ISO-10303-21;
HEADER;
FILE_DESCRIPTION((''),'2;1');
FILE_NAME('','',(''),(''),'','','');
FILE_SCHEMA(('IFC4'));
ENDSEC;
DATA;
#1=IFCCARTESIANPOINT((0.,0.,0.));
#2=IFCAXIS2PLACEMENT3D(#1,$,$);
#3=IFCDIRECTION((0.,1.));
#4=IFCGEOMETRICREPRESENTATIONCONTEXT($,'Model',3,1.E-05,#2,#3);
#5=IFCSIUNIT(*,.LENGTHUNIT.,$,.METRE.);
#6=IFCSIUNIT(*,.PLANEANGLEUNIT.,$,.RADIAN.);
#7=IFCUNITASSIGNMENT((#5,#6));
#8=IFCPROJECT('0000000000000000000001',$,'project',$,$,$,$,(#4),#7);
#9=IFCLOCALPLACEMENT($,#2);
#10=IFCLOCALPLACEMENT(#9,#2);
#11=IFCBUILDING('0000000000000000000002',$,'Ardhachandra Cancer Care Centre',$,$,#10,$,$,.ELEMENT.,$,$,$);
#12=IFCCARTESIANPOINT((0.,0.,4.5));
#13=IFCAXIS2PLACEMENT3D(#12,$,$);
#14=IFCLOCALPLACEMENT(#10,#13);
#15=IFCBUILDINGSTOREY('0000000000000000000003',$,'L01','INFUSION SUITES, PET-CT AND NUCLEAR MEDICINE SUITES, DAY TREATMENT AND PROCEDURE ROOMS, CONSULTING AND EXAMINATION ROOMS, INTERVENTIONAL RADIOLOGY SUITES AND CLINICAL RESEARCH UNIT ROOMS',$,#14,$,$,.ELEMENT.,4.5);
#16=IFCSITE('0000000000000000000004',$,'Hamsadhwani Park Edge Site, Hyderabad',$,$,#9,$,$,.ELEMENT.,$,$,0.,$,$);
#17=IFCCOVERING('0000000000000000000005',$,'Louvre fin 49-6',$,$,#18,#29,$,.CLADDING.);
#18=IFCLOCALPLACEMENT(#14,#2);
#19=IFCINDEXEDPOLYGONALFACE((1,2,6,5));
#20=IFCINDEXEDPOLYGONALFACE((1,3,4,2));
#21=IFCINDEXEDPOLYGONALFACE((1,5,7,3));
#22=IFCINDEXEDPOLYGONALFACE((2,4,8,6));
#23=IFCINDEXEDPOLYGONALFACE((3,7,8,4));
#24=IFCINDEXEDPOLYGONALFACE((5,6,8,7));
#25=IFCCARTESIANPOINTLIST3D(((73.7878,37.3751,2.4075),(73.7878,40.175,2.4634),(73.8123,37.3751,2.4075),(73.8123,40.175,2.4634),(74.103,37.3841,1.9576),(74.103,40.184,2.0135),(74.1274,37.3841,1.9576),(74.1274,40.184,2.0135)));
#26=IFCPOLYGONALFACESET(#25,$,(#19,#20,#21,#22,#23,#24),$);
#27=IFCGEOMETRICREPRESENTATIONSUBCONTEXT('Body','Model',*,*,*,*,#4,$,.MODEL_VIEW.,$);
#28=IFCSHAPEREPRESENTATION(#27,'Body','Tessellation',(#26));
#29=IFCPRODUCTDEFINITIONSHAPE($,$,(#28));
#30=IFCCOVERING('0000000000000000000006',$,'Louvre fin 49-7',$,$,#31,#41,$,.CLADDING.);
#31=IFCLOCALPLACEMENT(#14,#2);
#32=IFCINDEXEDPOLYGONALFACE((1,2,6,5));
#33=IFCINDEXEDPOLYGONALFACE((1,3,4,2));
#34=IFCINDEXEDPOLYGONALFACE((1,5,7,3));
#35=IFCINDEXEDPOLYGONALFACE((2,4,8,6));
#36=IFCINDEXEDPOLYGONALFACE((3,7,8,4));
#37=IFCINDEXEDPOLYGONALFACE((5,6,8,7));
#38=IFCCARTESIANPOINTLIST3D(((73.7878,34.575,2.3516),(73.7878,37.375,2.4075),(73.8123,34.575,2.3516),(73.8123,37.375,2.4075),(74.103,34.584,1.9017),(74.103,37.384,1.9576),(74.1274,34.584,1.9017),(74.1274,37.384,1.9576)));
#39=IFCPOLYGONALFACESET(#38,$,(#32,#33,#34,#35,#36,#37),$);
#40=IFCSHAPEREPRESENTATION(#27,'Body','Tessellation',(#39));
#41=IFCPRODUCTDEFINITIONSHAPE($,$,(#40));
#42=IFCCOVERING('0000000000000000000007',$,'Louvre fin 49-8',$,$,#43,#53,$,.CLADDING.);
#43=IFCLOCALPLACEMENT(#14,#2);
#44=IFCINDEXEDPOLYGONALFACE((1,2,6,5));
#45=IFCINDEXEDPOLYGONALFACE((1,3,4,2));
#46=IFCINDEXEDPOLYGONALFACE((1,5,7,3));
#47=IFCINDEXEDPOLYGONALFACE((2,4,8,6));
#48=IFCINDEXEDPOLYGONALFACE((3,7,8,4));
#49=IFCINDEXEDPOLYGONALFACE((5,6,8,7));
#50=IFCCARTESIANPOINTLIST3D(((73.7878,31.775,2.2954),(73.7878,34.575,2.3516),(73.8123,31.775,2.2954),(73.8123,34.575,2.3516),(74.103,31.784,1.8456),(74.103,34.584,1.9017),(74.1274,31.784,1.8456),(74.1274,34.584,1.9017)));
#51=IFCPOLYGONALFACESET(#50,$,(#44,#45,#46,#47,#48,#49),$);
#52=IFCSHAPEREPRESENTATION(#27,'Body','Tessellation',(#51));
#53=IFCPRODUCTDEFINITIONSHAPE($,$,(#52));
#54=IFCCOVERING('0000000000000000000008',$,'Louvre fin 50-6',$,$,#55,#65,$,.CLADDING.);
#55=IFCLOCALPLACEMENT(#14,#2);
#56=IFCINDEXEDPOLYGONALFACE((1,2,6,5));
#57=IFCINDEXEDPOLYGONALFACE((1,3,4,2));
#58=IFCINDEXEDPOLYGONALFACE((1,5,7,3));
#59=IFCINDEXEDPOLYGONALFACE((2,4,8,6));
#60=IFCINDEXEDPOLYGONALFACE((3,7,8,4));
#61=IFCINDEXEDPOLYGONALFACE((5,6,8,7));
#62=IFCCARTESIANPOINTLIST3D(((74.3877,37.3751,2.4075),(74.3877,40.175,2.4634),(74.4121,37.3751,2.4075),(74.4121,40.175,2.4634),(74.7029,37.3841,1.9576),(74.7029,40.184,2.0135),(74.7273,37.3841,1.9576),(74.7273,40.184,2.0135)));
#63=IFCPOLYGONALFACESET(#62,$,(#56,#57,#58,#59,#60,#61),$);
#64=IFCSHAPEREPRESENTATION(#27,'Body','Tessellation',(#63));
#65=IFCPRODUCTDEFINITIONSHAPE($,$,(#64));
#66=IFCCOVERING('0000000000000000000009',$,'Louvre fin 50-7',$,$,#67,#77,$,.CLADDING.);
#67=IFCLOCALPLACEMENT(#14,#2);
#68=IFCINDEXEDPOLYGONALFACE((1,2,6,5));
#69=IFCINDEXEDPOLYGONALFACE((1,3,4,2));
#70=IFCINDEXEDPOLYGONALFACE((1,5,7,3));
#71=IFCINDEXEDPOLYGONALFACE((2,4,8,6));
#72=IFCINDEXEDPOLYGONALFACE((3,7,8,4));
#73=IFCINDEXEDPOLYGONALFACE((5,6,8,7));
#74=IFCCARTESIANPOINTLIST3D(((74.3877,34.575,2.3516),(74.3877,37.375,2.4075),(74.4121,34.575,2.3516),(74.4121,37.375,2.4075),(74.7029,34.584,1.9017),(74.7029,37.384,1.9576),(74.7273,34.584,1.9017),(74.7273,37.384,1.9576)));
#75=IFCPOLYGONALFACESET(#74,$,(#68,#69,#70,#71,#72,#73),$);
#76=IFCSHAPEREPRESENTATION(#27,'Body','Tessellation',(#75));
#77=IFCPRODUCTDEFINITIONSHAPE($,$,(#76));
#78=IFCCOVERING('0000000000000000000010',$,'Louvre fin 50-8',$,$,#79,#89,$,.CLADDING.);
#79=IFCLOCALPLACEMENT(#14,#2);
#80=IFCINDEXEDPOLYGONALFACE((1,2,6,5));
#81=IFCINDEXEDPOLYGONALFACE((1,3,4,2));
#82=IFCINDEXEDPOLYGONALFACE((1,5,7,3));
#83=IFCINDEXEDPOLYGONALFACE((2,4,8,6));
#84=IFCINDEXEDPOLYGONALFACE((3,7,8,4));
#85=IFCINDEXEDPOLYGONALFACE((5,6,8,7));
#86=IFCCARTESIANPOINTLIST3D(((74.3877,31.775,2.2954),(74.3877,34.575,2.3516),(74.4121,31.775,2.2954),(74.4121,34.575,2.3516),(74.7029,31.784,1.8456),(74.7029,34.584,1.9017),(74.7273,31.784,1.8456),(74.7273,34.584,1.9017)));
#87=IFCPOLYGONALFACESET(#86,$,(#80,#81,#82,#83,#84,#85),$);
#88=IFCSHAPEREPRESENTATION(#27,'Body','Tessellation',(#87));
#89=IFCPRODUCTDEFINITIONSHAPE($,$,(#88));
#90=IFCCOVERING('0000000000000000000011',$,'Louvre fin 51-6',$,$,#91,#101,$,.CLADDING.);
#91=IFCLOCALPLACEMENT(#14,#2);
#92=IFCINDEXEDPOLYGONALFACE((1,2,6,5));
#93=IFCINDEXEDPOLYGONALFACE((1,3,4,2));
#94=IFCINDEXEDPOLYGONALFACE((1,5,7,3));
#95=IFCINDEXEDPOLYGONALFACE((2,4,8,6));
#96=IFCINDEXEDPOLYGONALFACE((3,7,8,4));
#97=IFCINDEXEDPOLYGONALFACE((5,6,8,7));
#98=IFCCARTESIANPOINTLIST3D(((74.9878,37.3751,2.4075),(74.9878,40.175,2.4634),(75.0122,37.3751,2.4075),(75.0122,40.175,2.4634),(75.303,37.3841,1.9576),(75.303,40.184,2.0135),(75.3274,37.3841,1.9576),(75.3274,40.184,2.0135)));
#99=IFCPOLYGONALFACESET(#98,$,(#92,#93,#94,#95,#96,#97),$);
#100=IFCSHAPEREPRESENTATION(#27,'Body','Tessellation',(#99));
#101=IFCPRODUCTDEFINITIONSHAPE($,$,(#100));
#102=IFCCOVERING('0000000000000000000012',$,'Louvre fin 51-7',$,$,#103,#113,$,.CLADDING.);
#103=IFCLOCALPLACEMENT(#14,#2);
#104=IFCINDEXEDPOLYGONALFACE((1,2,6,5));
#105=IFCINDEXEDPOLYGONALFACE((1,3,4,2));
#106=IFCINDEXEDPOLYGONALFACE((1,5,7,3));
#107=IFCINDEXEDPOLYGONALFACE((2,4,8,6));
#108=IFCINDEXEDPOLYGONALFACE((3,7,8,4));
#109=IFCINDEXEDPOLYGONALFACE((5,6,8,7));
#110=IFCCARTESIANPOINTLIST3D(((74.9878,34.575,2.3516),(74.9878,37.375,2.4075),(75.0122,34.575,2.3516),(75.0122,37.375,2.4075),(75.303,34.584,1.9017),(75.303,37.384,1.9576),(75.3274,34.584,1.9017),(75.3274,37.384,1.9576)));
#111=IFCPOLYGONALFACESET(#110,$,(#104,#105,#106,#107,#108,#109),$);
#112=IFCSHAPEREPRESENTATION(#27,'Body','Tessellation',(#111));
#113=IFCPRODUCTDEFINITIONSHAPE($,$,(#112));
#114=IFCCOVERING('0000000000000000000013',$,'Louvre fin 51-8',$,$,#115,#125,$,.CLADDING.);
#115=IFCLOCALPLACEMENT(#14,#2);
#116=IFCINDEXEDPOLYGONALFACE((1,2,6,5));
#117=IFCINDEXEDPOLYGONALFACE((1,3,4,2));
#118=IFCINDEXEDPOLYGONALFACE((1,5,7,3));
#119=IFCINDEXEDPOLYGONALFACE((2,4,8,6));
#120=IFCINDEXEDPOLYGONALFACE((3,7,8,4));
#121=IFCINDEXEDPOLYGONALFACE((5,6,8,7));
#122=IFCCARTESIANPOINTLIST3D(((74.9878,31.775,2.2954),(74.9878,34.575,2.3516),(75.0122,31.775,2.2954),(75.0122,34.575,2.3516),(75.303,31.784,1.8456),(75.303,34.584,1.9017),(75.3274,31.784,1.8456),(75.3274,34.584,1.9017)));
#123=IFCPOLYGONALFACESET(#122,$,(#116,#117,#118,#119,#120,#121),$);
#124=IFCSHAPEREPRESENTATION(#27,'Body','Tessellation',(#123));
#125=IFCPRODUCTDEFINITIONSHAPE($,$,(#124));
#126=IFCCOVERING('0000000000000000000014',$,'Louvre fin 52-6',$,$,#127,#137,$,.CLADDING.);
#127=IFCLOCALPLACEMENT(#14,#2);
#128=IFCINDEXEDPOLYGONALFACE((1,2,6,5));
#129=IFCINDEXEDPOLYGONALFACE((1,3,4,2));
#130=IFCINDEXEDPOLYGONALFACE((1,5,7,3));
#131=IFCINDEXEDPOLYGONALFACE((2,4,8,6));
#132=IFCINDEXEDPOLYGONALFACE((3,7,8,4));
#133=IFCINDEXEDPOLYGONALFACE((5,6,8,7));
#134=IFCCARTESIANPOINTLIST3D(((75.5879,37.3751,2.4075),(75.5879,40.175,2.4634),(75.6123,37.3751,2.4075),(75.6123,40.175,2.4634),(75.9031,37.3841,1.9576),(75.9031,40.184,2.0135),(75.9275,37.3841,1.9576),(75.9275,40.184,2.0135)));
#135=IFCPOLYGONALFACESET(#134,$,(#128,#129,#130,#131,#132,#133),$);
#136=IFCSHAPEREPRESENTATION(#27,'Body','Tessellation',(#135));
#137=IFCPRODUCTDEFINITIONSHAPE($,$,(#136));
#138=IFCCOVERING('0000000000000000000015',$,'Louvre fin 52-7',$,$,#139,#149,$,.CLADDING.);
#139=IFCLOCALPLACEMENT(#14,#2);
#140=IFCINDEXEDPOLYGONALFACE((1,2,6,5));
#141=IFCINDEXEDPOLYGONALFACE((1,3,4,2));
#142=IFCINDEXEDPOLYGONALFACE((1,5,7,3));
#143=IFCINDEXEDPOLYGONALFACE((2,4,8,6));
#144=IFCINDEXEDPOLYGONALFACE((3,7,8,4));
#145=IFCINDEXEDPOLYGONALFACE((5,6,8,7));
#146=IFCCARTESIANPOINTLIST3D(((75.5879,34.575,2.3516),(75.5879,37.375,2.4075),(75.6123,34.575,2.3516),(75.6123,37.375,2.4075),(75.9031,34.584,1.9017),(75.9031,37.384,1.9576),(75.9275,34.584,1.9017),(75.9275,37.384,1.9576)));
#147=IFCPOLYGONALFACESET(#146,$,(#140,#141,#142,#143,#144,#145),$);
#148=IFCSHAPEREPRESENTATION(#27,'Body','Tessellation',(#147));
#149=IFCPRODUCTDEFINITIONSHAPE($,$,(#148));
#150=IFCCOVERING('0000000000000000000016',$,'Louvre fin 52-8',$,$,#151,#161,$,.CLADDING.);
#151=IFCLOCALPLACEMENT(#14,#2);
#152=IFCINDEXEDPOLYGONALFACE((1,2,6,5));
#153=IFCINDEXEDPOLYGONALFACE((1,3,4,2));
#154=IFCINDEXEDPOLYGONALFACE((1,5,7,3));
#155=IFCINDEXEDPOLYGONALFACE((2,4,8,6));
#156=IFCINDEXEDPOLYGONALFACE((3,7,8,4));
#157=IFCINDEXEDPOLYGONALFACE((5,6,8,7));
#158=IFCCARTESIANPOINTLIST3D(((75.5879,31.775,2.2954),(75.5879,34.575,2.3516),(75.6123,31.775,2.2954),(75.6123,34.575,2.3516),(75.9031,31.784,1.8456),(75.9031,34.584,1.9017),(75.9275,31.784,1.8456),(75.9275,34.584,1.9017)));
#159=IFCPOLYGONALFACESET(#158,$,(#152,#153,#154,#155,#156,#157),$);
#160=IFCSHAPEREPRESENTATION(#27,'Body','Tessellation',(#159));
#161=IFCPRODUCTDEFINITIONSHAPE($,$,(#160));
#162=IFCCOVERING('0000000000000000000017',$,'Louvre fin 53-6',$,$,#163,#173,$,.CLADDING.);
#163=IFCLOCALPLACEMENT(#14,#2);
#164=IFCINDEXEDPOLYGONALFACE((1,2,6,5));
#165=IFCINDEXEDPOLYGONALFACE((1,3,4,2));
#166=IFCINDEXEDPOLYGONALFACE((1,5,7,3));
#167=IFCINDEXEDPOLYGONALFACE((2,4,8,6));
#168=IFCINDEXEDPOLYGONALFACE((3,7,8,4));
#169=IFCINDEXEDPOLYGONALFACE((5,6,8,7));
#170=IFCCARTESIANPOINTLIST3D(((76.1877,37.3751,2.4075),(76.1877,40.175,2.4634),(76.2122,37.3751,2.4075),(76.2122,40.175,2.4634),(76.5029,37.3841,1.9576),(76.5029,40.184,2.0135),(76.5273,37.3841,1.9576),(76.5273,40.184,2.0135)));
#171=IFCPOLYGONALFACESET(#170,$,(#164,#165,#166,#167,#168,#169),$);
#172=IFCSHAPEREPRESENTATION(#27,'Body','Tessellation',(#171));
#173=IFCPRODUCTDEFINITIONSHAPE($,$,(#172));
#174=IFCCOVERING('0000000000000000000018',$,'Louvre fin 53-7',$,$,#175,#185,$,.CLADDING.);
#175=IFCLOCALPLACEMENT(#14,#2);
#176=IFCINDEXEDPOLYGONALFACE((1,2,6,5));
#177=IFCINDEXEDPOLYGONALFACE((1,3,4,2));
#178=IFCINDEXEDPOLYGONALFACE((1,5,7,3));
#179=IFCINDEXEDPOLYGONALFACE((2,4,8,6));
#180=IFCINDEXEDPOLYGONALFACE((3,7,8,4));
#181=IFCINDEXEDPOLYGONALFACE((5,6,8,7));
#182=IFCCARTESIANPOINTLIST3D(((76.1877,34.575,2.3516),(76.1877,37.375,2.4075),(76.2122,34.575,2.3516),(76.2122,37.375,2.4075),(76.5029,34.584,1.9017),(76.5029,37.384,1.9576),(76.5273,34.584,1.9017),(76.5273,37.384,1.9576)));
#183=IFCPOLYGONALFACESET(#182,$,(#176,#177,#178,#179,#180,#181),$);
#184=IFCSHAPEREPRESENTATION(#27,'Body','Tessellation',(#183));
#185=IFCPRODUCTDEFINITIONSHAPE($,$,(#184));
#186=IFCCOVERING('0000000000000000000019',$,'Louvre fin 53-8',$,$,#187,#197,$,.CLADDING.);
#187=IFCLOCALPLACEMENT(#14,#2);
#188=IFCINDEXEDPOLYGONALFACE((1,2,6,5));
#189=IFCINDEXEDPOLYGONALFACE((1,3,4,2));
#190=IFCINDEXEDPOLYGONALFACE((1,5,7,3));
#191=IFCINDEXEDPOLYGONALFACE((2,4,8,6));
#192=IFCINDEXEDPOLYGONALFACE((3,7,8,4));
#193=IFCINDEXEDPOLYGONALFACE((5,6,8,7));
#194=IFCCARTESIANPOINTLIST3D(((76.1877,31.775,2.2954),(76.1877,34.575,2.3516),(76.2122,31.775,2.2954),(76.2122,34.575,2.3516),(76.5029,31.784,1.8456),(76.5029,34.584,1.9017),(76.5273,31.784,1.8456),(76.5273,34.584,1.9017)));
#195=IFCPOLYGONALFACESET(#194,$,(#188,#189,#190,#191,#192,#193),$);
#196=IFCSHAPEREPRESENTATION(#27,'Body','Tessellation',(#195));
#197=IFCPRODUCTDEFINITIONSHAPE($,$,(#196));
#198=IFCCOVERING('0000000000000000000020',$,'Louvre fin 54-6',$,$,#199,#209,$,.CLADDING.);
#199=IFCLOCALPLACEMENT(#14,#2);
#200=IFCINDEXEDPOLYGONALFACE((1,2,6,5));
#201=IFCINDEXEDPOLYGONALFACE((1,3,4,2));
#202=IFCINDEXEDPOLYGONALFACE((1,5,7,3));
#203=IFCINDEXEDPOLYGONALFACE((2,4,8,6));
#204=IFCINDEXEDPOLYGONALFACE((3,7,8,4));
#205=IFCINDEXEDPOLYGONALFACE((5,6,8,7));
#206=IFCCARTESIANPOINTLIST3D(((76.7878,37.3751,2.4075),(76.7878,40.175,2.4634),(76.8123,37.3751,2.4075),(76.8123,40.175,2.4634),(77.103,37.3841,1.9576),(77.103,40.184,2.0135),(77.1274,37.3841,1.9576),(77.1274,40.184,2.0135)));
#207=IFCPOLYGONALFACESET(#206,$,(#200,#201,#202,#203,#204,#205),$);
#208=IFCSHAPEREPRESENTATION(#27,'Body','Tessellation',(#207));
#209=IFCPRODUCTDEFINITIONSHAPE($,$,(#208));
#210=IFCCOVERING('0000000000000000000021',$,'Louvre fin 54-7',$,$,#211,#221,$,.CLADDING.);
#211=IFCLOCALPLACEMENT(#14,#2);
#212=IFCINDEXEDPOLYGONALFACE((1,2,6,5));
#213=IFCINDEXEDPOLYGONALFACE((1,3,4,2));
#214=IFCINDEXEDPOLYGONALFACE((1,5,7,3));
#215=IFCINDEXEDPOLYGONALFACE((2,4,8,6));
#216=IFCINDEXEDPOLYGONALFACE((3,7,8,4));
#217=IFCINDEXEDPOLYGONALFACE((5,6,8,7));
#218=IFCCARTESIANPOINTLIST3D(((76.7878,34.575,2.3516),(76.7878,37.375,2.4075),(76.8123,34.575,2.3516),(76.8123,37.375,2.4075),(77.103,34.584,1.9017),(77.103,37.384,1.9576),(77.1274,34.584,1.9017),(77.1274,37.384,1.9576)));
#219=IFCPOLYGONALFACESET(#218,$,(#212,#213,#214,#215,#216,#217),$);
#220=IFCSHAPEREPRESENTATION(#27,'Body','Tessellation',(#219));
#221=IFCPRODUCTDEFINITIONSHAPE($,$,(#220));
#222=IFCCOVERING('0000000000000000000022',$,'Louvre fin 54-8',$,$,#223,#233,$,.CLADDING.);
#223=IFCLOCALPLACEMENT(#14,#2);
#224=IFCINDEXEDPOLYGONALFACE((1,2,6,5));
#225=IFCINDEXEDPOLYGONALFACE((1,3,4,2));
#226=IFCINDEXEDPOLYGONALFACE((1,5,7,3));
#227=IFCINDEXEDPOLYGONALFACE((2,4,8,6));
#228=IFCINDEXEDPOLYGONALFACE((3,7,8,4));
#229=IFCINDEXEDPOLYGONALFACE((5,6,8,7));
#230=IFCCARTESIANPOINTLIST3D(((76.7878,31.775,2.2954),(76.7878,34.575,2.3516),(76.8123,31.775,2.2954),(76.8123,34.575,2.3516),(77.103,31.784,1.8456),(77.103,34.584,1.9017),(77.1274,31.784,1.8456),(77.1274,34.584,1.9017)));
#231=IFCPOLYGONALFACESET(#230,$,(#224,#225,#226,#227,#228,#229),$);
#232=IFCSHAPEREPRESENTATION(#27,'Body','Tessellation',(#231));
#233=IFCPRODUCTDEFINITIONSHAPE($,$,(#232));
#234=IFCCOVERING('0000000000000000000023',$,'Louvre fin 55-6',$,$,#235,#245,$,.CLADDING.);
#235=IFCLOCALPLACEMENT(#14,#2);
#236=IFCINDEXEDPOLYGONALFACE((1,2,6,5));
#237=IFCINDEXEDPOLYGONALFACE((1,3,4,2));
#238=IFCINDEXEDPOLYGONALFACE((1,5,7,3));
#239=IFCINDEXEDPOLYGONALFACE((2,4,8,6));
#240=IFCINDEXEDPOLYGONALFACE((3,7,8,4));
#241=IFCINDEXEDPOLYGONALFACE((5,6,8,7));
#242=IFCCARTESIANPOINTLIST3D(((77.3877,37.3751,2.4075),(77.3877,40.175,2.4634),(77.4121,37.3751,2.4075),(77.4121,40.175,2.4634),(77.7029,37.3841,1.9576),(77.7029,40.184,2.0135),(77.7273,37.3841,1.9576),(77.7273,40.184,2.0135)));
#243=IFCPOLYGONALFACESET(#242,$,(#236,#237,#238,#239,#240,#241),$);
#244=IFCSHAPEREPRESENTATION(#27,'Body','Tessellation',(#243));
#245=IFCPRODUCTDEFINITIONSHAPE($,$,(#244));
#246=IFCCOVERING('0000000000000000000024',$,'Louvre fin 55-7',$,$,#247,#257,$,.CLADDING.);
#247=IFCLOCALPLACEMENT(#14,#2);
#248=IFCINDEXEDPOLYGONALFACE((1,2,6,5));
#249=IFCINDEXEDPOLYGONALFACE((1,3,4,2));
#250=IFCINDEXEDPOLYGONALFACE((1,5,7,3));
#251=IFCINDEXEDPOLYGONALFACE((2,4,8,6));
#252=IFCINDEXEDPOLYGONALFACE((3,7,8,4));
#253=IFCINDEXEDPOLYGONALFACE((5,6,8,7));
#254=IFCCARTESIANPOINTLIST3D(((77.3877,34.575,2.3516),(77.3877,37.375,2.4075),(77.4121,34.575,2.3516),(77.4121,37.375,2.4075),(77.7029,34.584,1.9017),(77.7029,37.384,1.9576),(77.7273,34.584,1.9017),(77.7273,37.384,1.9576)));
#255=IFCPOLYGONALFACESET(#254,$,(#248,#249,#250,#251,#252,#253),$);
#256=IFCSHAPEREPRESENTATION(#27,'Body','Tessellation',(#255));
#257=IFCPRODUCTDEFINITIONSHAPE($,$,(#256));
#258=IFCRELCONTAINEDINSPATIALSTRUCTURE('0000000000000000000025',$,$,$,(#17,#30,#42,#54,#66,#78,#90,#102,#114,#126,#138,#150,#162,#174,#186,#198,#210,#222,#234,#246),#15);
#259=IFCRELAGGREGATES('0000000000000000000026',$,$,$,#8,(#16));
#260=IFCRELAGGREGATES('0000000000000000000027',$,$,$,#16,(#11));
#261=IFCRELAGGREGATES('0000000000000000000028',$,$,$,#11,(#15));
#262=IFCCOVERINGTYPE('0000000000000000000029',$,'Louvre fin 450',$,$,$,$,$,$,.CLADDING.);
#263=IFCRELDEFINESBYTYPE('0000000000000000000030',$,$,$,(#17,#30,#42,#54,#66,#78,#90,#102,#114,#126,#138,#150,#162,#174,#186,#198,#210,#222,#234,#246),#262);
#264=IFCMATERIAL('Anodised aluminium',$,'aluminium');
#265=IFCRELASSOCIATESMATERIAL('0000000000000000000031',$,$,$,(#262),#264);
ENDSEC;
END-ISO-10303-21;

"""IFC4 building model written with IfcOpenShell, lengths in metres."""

from ifc_helpers import new_model, si_unit, direction, frame, origin, place, context, subcontext, project, spatial, polyline, outline, extrude, material, material_profile, profile_set, type_object, element, save


model = new_model("IFC4")

# Units and contexts
model_context = context("Model", 3, precision=1e-05, world=origin(), true_north=direction((0.0, 1.0)))
body_context = subcontext(model_context, "Body", "Model", "MODEL_VIEW")
ifc_project = project(units=[si_unit("LENGTHUNIT", "METRE"), si_unit("PLANEANGLEUNIT", "RADIAN")], contexts=[model_context])

# Site, building, storey
site_placement = place(None, origin())
site = spatial("IfcSite", under=ifc_project, at=site_placement, Name="Hamsadhwani Park Edge Site, Hyderabad", CompositionType="ELEMENT", RefElevation=0.0)
building_placement = place(site_placement, origin())
building = spatial("IfcBuilding", under=site, at=building_placement, Name="Ardhachandra Cancer Care Centre", CompositionType="ELEMENT")
storey_placement = place(building_placement, frame((0.0, 0.0, 4.5)))
storey = spatial("IfcBuildingStorey", under=building, at=storey_placement, Name="L01", Description="INFUSION SUITES, PET-CT AND NUCLEAR MEDICINE SUITES, DAY TREATMENT AND PROCEDURE ROOMS, CONSULTING AND EXAMINATION ROOMS, INTERVENTIONAL RADIOLOGY SUITES AND CLINICAL RESEARCH UNIT ROOMS", CompositionType="ELEMENT", Elevation=4.5)

# Coverings
ifc_material_1 = material(Name="Anodised aluminium", Category="aluminium")
ifc_material_profile_1 = material_profile(ifc_material_1, outline(polyline([(-0.0122, 0.0), (0.0122, 0.0), (0.3274, -0.45), (0.303, -0.45), (-0.0122, 0.0)])), Name="Louvre fin 450")
ifc_profile_set_1 = profile_set([ifc_material_profile_1], Name="Anodised aluminium")
covering_type = type_object("IfcCoveringType", Name="Louvre fin 450", PredefinedType="CLADDING", material=ifc_profile_set_1)
for number, where, z_axis, x_axis, name in (
    (1, (73.8, 40.175, 2.4634), (0.0, -0.999801, -0.019963), (1.0, 0.0, 0.0), "Louvre fin 49-6"),
    (2, (73.8, 37.375, 2.4075), (0.0, -0.999801, -0.019963), (1.0, 0.0, 0.0), "Louvre fin 49-7"),
    (3, (73.8, 34.575, 2.3516), (0.0, -0.999799, -0.02005), (1.0, 0.0, 0.0), "Louvre fin 49-8"),
    (4, (74.3999, 40.175, 2.4634), (0.0, -0.999801, -0.019963), (1.0, 0.0, 0.0), "Louvre fin 50-6"),
    (5, (74.3999, 37.375, 2.4075), (0.0, -0.999801, -0.019963), (1.0, 0.0, 0.0), "Louvre fin 50-7"),
    (6, (74.3999, 34.575, 2.3516), (0.0, -0.999799, -0.02005), (1.0, 0.0, 0.0), "Louvre fin 50-8"),
    (7, (75.0, 40.175, 2.4634), (0.0, -0.999801, -0.019963), (1.0, 0.0, 0.0), "Louvre fin 51-6"),
    (8, (75.0, 37.375, 2.4075), (0.0, -0.999801, -0.019963), (1.0, 0.0, 0.0), "Louvre fin 51-7"),
    (9, (75.0, 34.575, 2.3516), (0.0, -0.999799, -0.02005), (1.0, 0.0, 0.0), "Louvre fin 51-8"),
    (10, (75.6001, 40.175, 2.4634), (0.0, -0.999801, -0.019963), (1.0, 0.0, 0.0), "Louvre fin 52-6"),
    (11, (75.6001, 37.375, 2.4075), (0.0, -0.999801, -0.019963), (1.0, 0.0, 0.0), "Louvre fin 52-7"),
    (12, (75.6001, 34.575, 2.3516), (0.0, -0.999799, -0.02005), (1.0, 0.0, 0.0), "Louvre fin 52-8"),
    (13, (76.2, 40.175, 2.4634), (0.0, -0.999801, -0.019963), (1.0, 0.0, 0.0), "Louvre fin 53-6"),
    (14, (76.2, 37.375, 2.4075), (0.0, -0.999801, -0.019963), (1.0, 0.0, 0.0), "Louvre fin 53-7"),
    (15, (76.2, 34.575, 2.3516), (0.0, -0.999799, -0.02005), (1.0, 0.0, 0.0), "Louvre fin 53-8"),
    (16, (76.8, 40.175, 2.4634), (0.0, -0.999801, -0.019963), (1.0, 0.0, 0.0), "Louvre fin 54-6"),
    (17, (76.8, 37.375, 2.4075), (0.0, -0.999801, -0.019963), (1.0, 0.0, 0.0), "Louvre fin 54-7"),
    (18, (76.8, 34.575, 2.3516), (0.0, -0.999799, -0.02005), (1.0, 0.0, 0.0), "Louvre fin 54-8"),
    (19, (77.3999, 40.175, 2.4634), (0.0, -0.999801, -0.019963), (1.0, 0.0, 0.0), "Louvre fin 55-6"),
    (20, (77.3999, 37.375, 2.4075), (0.0, -0.999801, -0.019963), (1.0, 0.0, 0.0), "Louvre fin 55-7"),
):
    element("IfcCovering", number, at=place(storey_placement, frame(where, z_axis=z_axis, x_axis=x_axis)), inside=storey, type_object=covering_type, Name=name, PredefinedType="CLADDING", context=body_context, shape_type="SweptSolid", body=[
        extrude(outline(polyline([(-0.0122, 0.0), (0.0122, 0.0), (0.3274, -0.45), (0.303, -0.45), (-0.0122, 0.0)])), origin(), (0.0, 0.0, 1.0), 2.8005),
    ])

save(model, "model.ifc")
